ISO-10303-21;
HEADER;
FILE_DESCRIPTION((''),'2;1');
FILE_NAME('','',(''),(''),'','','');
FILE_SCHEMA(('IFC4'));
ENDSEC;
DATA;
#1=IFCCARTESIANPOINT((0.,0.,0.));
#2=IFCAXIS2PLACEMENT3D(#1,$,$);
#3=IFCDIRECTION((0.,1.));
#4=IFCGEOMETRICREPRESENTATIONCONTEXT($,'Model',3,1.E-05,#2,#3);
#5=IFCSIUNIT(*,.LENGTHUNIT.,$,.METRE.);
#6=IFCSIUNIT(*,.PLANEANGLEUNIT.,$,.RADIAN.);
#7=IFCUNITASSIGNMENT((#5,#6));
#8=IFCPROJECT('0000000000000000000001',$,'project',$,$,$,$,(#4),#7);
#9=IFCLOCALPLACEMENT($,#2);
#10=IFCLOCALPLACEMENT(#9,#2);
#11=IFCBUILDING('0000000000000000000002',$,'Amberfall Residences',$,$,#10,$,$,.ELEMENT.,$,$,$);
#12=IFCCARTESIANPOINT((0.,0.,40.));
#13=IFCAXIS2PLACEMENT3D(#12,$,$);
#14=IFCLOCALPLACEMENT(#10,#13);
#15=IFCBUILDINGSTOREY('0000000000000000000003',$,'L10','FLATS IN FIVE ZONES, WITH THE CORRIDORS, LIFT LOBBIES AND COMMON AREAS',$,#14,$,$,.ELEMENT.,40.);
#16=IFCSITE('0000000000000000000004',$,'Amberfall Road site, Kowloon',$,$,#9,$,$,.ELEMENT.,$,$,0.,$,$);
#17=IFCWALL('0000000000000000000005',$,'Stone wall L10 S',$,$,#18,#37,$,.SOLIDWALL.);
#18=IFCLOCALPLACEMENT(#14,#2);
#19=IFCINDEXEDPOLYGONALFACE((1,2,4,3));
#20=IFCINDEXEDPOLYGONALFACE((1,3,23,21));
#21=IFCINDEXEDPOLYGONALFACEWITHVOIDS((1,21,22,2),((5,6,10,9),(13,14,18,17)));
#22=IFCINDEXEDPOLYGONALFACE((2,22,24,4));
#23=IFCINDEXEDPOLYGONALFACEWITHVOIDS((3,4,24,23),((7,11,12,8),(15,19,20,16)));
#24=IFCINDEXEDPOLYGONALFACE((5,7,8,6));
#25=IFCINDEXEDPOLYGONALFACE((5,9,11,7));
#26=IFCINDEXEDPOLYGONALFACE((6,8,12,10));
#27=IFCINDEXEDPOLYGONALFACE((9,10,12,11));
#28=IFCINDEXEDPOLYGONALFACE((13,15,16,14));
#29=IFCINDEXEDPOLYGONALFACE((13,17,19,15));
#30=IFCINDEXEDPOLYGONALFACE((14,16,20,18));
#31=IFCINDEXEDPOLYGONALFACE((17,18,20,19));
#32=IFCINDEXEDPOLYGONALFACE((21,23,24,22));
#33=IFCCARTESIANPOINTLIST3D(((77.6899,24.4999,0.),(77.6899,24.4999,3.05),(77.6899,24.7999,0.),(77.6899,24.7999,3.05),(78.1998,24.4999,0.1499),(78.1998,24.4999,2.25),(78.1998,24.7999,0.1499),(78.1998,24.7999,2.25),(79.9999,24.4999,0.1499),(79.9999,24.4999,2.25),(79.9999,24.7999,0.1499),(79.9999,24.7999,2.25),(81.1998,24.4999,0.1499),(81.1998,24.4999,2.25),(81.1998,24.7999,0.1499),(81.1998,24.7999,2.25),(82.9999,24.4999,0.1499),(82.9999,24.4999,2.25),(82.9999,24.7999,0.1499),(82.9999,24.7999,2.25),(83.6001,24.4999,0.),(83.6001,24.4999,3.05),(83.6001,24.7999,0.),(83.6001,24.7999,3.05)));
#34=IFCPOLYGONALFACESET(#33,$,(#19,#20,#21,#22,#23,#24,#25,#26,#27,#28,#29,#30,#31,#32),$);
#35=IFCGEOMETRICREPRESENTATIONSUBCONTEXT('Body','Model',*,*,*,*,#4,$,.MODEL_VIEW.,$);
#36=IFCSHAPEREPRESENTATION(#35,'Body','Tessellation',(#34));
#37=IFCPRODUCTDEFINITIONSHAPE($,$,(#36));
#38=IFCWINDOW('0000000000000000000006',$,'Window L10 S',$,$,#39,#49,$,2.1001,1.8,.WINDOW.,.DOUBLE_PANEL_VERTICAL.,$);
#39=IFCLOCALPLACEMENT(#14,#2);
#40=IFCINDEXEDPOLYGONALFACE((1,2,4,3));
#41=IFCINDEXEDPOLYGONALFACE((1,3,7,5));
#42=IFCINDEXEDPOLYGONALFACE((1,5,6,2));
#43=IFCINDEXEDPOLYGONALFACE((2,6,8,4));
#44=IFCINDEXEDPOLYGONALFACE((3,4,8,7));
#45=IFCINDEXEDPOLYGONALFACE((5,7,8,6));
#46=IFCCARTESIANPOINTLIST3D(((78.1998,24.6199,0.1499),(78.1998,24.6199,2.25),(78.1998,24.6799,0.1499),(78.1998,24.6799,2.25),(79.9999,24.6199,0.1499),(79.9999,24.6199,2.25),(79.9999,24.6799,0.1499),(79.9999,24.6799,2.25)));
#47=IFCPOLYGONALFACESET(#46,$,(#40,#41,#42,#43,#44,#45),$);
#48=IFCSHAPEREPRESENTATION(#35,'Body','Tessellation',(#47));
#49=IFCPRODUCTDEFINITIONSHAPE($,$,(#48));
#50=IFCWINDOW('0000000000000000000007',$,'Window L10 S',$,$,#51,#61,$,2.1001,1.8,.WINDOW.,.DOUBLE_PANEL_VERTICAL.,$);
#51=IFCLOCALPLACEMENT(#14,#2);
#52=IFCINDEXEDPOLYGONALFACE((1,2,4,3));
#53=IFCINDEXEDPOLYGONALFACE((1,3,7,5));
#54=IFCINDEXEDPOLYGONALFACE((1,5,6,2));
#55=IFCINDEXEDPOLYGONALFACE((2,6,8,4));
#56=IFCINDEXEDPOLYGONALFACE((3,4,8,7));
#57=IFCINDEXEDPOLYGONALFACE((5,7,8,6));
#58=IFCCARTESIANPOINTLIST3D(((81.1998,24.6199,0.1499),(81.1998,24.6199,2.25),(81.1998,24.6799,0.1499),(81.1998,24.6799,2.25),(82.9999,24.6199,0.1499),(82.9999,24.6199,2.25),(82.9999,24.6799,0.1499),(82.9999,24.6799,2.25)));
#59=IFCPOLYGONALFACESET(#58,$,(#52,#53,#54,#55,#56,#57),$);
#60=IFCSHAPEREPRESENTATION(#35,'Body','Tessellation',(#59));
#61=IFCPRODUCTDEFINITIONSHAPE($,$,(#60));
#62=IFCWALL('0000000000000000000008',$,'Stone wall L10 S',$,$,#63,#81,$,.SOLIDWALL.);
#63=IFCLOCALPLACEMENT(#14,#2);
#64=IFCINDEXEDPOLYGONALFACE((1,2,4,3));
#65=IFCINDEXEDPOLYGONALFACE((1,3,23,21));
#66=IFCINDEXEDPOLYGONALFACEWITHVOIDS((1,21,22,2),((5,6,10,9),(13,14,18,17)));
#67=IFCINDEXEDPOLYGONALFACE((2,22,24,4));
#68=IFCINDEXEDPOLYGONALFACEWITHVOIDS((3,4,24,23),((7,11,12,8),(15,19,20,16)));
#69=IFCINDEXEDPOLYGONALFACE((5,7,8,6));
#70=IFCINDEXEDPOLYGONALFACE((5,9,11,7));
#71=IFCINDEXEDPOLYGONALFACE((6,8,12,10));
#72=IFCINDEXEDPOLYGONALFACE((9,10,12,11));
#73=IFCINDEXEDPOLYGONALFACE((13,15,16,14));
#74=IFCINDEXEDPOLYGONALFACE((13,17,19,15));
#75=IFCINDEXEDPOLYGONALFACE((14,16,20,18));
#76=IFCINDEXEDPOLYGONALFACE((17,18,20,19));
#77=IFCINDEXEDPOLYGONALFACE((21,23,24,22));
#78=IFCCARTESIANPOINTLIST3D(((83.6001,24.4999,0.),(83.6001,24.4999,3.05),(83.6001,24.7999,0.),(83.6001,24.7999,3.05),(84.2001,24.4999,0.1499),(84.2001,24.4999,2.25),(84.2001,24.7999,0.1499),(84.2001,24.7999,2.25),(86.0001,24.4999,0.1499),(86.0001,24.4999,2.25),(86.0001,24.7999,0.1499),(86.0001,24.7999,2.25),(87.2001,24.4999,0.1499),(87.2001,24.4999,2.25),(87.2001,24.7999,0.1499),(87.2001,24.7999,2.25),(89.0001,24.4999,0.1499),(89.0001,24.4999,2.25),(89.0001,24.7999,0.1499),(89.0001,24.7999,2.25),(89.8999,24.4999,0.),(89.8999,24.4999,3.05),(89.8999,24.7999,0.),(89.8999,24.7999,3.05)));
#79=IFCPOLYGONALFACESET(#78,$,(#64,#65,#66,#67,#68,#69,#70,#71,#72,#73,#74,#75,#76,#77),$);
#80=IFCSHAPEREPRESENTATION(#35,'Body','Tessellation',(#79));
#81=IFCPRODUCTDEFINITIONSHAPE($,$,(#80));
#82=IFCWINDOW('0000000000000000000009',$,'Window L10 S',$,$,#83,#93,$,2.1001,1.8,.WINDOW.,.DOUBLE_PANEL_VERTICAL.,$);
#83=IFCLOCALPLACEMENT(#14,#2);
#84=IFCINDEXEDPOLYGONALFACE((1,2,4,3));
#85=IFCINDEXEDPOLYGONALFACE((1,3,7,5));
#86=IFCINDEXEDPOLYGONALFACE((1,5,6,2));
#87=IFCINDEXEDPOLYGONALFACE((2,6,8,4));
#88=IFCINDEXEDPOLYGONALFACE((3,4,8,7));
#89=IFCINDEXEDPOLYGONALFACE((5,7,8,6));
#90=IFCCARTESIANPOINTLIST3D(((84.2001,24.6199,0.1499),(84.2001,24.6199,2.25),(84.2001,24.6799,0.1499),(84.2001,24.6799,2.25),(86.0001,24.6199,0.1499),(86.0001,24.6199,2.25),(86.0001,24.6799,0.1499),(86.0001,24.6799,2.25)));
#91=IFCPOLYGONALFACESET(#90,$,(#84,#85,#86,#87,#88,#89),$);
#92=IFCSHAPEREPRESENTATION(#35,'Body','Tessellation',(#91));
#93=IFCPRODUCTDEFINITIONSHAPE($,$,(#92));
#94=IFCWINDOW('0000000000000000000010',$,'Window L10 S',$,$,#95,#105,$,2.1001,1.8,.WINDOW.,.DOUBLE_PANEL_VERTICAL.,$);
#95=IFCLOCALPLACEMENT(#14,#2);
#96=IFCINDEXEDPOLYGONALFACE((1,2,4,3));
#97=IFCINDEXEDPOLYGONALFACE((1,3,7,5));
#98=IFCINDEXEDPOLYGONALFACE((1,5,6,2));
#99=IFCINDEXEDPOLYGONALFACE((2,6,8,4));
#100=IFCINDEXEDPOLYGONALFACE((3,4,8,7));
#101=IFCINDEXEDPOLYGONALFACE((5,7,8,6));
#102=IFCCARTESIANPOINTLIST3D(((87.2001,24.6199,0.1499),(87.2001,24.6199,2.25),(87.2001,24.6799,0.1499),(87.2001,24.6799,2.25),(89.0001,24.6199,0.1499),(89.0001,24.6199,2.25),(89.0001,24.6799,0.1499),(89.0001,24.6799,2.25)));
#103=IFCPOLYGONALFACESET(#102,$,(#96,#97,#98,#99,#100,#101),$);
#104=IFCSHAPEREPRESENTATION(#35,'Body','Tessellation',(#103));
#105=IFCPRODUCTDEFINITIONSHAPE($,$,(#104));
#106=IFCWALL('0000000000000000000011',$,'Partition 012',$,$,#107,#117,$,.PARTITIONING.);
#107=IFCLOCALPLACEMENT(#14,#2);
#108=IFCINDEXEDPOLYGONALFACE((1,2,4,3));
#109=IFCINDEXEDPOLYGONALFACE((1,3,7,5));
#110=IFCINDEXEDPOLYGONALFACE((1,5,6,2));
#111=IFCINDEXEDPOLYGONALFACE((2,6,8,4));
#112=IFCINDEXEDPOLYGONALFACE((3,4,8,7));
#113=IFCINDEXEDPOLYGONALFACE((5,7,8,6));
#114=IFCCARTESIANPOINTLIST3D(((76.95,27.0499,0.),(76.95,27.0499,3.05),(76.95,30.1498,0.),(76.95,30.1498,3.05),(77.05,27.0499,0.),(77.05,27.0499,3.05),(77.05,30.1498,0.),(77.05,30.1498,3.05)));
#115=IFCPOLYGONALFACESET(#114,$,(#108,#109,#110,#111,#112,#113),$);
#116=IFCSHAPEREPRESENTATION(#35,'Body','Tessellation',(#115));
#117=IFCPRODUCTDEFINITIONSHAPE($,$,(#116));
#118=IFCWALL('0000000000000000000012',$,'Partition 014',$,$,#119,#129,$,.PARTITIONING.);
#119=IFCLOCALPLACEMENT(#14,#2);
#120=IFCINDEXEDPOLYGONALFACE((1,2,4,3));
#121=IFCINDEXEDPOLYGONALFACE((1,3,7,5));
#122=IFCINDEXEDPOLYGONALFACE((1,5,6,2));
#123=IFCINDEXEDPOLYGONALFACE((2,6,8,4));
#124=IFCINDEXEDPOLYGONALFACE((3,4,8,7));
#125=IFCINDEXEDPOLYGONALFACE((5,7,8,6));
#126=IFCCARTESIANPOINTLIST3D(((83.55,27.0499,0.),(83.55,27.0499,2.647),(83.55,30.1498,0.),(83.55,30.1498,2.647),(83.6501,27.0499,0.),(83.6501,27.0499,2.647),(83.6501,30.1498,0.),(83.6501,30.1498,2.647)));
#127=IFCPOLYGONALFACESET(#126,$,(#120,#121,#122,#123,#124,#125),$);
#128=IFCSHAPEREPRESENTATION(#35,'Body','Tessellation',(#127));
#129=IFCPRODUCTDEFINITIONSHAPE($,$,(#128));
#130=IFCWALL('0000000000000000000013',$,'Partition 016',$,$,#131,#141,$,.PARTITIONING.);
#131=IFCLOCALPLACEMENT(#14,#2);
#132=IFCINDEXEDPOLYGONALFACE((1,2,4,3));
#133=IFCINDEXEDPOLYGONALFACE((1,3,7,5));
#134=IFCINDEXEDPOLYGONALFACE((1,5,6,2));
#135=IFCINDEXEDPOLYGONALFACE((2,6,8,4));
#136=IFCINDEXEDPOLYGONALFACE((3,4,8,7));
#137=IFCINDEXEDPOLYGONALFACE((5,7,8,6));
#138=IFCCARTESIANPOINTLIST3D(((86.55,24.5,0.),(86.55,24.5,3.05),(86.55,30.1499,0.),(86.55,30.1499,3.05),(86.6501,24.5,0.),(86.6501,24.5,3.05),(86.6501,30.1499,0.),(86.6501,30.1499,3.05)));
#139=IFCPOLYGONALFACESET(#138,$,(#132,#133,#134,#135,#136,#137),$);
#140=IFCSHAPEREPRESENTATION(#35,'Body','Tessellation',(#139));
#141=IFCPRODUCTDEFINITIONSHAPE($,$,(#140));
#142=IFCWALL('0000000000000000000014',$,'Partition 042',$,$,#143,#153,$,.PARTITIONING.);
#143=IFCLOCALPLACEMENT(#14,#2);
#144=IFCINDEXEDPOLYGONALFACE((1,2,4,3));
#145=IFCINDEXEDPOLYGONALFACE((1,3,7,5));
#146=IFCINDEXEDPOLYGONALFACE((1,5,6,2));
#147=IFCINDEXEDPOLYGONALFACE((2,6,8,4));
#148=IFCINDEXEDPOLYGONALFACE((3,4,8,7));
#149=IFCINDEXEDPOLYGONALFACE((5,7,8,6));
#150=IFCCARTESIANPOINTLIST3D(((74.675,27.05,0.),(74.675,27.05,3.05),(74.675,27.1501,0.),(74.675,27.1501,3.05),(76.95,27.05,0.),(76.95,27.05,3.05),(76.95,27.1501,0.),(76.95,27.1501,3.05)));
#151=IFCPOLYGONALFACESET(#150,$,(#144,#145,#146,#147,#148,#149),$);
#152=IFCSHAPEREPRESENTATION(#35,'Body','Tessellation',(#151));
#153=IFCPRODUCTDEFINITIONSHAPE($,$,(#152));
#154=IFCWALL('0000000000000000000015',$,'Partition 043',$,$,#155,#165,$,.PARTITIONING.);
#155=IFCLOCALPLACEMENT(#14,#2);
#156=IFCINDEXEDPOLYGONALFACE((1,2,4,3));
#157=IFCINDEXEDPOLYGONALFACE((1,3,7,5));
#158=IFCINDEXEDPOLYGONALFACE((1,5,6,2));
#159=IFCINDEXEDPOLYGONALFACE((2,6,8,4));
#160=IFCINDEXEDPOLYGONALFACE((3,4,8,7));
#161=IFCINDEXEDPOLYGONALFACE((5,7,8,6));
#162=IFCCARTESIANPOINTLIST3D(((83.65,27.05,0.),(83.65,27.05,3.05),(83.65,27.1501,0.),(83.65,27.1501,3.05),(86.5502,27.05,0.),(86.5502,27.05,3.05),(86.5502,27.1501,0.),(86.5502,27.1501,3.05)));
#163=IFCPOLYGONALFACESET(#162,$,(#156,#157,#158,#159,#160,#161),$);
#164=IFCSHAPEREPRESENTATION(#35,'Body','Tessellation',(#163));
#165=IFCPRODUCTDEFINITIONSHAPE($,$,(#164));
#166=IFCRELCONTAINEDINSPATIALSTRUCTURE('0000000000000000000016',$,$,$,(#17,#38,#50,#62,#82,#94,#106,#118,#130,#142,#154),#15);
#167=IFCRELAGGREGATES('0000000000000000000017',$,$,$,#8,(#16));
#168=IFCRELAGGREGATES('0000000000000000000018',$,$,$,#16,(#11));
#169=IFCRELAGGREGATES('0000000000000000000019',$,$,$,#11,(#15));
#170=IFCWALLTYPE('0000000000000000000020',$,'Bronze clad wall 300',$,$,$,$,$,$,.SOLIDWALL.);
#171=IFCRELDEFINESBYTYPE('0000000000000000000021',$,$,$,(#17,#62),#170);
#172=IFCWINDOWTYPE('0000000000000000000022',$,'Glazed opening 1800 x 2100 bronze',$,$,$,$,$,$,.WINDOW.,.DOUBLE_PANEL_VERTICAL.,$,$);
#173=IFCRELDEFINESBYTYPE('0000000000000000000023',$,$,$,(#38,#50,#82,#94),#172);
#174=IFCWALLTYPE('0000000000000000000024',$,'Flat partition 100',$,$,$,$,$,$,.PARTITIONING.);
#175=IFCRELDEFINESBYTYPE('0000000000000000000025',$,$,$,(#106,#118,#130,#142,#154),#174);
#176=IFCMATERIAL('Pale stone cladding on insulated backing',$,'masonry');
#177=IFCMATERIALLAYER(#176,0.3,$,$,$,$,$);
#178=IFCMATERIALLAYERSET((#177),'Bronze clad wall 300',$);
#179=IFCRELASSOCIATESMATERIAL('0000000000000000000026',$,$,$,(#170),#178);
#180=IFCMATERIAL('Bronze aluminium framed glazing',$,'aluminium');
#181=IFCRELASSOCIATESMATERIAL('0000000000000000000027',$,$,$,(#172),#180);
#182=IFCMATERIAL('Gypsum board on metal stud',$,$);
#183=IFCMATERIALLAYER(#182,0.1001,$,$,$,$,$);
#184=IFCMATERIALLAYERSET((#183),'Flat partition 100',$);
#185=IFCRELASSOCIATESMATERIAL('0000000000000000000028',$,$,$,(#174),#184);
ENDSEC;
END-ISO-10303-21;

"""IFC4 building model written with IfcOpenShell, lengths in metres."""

from ifc_helpers import new_model, si_unit, direction, frame, frame_2d, origin, place, context, subcontext, project, spatial, rectangle, extrude, material, layer, layer_set, type_object, element, fill, save


model = new_model("IFC4")

# Units and contexts
model_context = context("Model", 3, precision=1e-05, world=origin(), true_north=direction((0.0, 1.0)))
body_context = subcontext(model_context, "Body", "Model", "MODEL_VIEW")
ifc_project = project(units=[si_unit("LENGTHUNIT", "METRE"), si_unit("PLANEANGLEUNIT", "RADIAN")], contexts=[model_context])

# Site, building, storey
site_placement = place(None, origin())
site = spatial("IfcSite", under=ifc_project, at=site_placement, Name="Amberfall Road site, Kowloon", CompositionType="ELEMENT", RefElevation=0.0)
building_placement = place(site_placement, origin())
building = spatial("IfcBuilding", under=site, at=building_placement, Name="Amberfall Residences", CompositionType="ELEMENT")
storey_placement = place(building_placement, frame((0.0, 0.0, 40.0)))
storey = spatial("IfcBuildingStorey", under=building, at=storey_placement, Name="L10", Description="FLATS IN FIVE ZONES, WITH THE CORRIDORS, LIFT LOBBIES AND COMMON AREAS", CompositionType="ELEMENT", Elevation=40.0)

# Shared definitions
ifc_material_1 = material(Name="Pale stone cladding on insulated backing", Category="masonry")
ifc_layer_1 = layer(ifc_material_1, 0.3)
ifc_layer_set_1 = layer_set([ifc_layer_1], Name="Bronze clad wall 300")
wall_type_1 = type_object("IfcWallType", Name="Bronze clad wall 300", PredefinedType="SOLIDWALL", material=ifc_layer_set_1)
ifc_material_2 = material(Name="Bronze aluminium framed glazing", Category="aluminium")

# Walls, openings, windows
wall_1_placement = place(storey_placement, frame((77.6899, 24.6499, 0.0), z_axis=(0.0, 0.0, 1.0), x_axis=(1.0, 0.0, 0.0)))
wall_1 = element("IfcWall", 1, at=wall_1_placement, inside=storey, type_object=wall_type_1, Name="Stone wall L10 S", PredefinedType="SOLIDWALL", context=body_context, shape_type="SweptSolid", body=[
    extrude(rectangle(XDim=5.9102, YDim=0.3, at=frame_2d((2.9551, 0.0))), origin(), (0.0, 0.0, 1.0), 3.05),
])
opening_1_placement = place(wall_1_placement, frame((0.51, 0.0, 0.1499)))
opening_1 = element("IfcOpeningElement", 2, at=opening_1_placement, cuts=wall_1, PredefinedType="OPENING", context=body_context, shape_type="SweptSolid", body=[
    extrude(rectangle(XDim=1.8, YDim=2.1001, at=frame_2d((0.8999, 1.05))), frame((0.0, 0.1599, 0.0), z_axis=(0.0, -1.0, 0.0), x_axis=(1.0, 0.0, 0.0)), (0.0, 0.0, 1.0), 0.3201),
])
opening_2_placement = place(wall_1_placement, frame((3.51, 0.0, 0.1499)))
opening_2 = element("IfcOpeningElement", 3, at=opening_2_placement, cuts=wall_1, PredefinedType="OPENING", context=body_context, shape_type="SweptSolid", body=[
    extrude(rectangle(XDim=1.8, YDim=2.1001, at=frame_2d((0.8999, 1.05))), frame((0.0, 0.1599, 0.0), z_axis=(0.0, -1.0, 0.0), x_axis=(1.0, 0.0, 0.0)), (0.0, 0.0, 1.0), 0.3201),
])
window_type_1 = type_object("IfcWindowType", Name="Glazed opening 1800 x 2100 bronze", PartitioningType="DOUBLE_PANEL_VERTICAL", PredefinedType="WINDOW", material=ifc_material_2)
window_1_placement = place(opening_1_placement, origin())
window_1 = element("IfcWindow", 4, at=window_1_placement, inside=storey, type_object=window_type_1, Name="Window L10 S", OverallHeight=2.1001, OverallWidth=1.8, PartitioningType="DOUBLE_PANEL_VERTICAL", PredefinedType="WINDOW", context=body_context, shape_type="SweptSolid", body=[
    extrude(rectangle(XDim=1.8, YDim=2.1001, at=frame_2d((0.8999, 1.05))), frame((0.0, 0.03, 0.0), z_axis=(0.0, -1.0, 0.0), x_axis=(1.0, 0.0, 0.0)), (0.0, 0.0, 1.0), 0.0601),
])
fill(opening_1, window_1)
window_2_placement = place(opening_2_placement, origin())
window_2 = element("IfcWindow", 5, at=window_2_placement, inside=storey, type_object=window_type_1, Name="Window L10 S", OverallHeight=2.1001, OverallWidth=1.8, PartitioningType="DOUBLE_PANEL_VERTICAL", PredefinedType="WINDOW", context=body_context, shape_type="SweptSolid", body=[
    extrude(rectangle(XDim=1.8, YDim=2.1001, at=frame_2d((0.8999, 1.05))), frame((0.0, 0.03, 0.0), z_axis=(0.0, -1.0, 0.0), x_axis=(1.0, 0.0, 0.0)), (0.0, 0.0, 1.0), 0.0601),
])
fill(opening_2, window_2)
wall_2_placement = place(storey_placement, frame((83.6001, 24.6499, 0.0), z_axis=(0.0, 0.0, 1.0), x_axis=(1.0, 0.0, 0.0)))
wall_2 = element("IfcWall", 6, at=wall_2_placement, inside=storey, type_object=wall_type_1, Name="Stone wall L10 S", PredefinedType="SOLIDWALL", context=body_context, shape_type="SweptSolid", body=[
    extrude(rectangle(XDim=6.2998, YDim=0.3, at=frame_2d((3.1499, 0.0))), origin(), (0.0, 0.0, 1.0), 3.05),
])
opening_3_placement = place(wall_2_placement, frame((0.6001, 0.0, 0.1499)))
opening_3 = element("IfcOpeningElement", 7, at=opening_3_placement, cuts=wall_2, PredefinedType="OPENING", context=body_context, shape_type="SweptSolid", body=[
    extrude(rectangle(XDim=1.8, YDim=2.1001, at=frame_2d((0.8999, 1.05))), frame((0.0, 0.1599, 0.0), z_axis=(0.0, -1.0, 0.0), x_axis=(1.0, 0.0, 0.0)), (0.0, 0.0, 1.0), 0.3201),
])
opening_4_placement = place(wall_2_placement, frame((3.6001, 0.0, 0.1499)))
opening_4 = element("IfcOpeningElement", 8, at=opening_4_placement, cuts=wall_2, PredefinedType="OPENING", context=body_context, shape_type="SweptSolid", body=[
    extrude(rectangle(XDim=1.8, YDim=2.1001, at=frame_2d((0.8999, 1.05))), frame((0.0, 0.1599, 0.0), z_axis=(0.0, -1.0, 0.0), x_axis=(1.0, 0.0, 0.0)), (0.0, 0.0, 1.0), 0.3201),
])
window_3_placement = place(opening_3_placement, origin())
window_3 = element("IfcWindow", 9, at=window_3_placement, inside=storey, type_object=window_type_1, Name="Window L10 S", OverallHeight=2.1001, OverallWidth=1.8, PartitioningType="DOUBLE_PANEL_VERTICAL", PredefinedType="WINDOW", context=body_context, shape_type="SweptSolid", body=[
    extrude(rectangle(XDim=1.8, YDim=2.1001, at=frame_2d((0.8999, 1.05))), frame((0.0, 0.03, 0.0), z_axis=(0.0, -1.0, 0.0), x_axis=(1.0, 0.0, 0.0)), (0.0, 0.0, 1.0), 0.0601),
])
fill(opening_3, window_3)
window_4_placement = place(opening_4_placement, origin())
window_4 = element("IfcWindow", 10, at=window_4_placement, inside=storey, type_object=window_type_1, Name="Window L10 S", OverallHeight=2.1001, OverallWidth=1.8, PartitioningType="DOUBLE_PANEL_VERTICAL", PredefinedType="WINDOW", context=body_context, shape_type="SweptSolid", body=[
    extrude(rectangle(XDim=1.8, YDim=2.1001, at=frame_2d((0.8999, 1.05))), frame((0.0, 0.03, 0.0), z_axis=(0.0, -1.0, 0.0), x_axis=(1.0, 0.0, 0.0)), (0.0, 0.0, 1.0), 0.0601),
])
fill(opening_4, window_4)

# Walls
ifc_material_3 = material(Name="Gypsum board on metal stud")
ifc_layer_2 = layer(ifc_material_3, 0.1001)
ifc_layer_set_2 = layer_set([ifc_layer_2], Name="Flat partition 100")
wall_type_2 = type_object("IfcWallType", Name="Flat partition 100", PredefinedType="PARTITIONING", material=ifc_layer_set_2)
wall_3_placement = place(storey_placement, frame((77.0, 27.05, 0.0), z_axis=(0.0, 0.0, 1.0), x_axis=(0.0, 1.0, 0.0)))
element("IfcWall", 11, at=wall_3_placement, inside=storey, type_object=wall_type_2, Name="Partition 012", PredefinedType="PARTITIONING", context=body_context, shape_type="SweptSolid", body=[
    extrude(rectangle(XDim=3.0999, YDim=0.1001, at=frame_2d((1.5498, 0.0))), origin(), (0.0, 0.0, 1.0), 3.05),
])
wall_4_placement = place(storey_placement, frame((83.6001, 27.05, 0.0), z_axis=(0.0, 0.0, 1.0), x_axis=(0.0, 1.0, 0.0)))
element("IfcWall", 12, at=wall_4_placement, inside=storey, type_object=wall_type_2, Name="Partition 014", PredefinedType="PARTITIONING", context=body_context, shape_type="SweptSolid", body=[
    extrude(rectangle(XDim=3.0999, YDim=0.1001, at=frame_2d((1.5498, 0.0))), origin(), (0.0, 0.0, 1.0), 2.647),
])
wall_5_placement = place(storey_placement, frame((86.6001, 24.5, 0.0), z_axis=(0.0, 0.0, 1.0), x_axis=(0.0, 1.0, 0.0)))
element("IfcWall", 13, at=wall_5_placement, inside=storey, type_object=wall_type_2, Name="Partition 016", PredefinedType="PARTITIONING", context=body_context, shape_type="SweptSolid", body=[
    extrude(rectangle(XDim=5.6499, YDim=0.1001, at=frame_2d((2.825, 0.0))), origin(), (0.0, 0.0, 1.0), 3.05),
])
wall_6_placement = place(storey_placement, frame((74.675, 27.1001, 0.0), z_axis=(0.0, 0.0, 1.0), x_axis=(1.0, 0.0, 0.0)))
element("IfcWall", 14, at=wall_6_placement, inside=storey, type_object=wall_type_2, Name="Partition 042", PredefinedType="PARTITIONING", context=body_context, shape_type="SweptSolid", body=[
    extrude(rectangle(XDim=2.2749, YDim=0.1001, at=frame_2d((1.1375, 0.0))), origin(), (0.0, 0.0, 1.0), 3.05),
])
wall_7_placement = place(storey_placement, frame((83.6499, 27.1001, 0.0), z_axis=(0.0, 0.0, 1.0), x_axis=(1.0, 0.0, 0.0)))
element("IfcWall", 15, at=wall_7_placement, inside=storey, type_object=wall_type_2, Name="Partition 043", PredefinedType="PARTITIONING", context=body_context, shape_type="SweptSolid", body=[
    extrude(rectangle(XDim=2.9001, YDim=0.1001, at=frame_2d((1.4502, 0.0))), origin(), (0.0, 0.0, 1.0), 3.05),
])

save(model, "model.ifc")
